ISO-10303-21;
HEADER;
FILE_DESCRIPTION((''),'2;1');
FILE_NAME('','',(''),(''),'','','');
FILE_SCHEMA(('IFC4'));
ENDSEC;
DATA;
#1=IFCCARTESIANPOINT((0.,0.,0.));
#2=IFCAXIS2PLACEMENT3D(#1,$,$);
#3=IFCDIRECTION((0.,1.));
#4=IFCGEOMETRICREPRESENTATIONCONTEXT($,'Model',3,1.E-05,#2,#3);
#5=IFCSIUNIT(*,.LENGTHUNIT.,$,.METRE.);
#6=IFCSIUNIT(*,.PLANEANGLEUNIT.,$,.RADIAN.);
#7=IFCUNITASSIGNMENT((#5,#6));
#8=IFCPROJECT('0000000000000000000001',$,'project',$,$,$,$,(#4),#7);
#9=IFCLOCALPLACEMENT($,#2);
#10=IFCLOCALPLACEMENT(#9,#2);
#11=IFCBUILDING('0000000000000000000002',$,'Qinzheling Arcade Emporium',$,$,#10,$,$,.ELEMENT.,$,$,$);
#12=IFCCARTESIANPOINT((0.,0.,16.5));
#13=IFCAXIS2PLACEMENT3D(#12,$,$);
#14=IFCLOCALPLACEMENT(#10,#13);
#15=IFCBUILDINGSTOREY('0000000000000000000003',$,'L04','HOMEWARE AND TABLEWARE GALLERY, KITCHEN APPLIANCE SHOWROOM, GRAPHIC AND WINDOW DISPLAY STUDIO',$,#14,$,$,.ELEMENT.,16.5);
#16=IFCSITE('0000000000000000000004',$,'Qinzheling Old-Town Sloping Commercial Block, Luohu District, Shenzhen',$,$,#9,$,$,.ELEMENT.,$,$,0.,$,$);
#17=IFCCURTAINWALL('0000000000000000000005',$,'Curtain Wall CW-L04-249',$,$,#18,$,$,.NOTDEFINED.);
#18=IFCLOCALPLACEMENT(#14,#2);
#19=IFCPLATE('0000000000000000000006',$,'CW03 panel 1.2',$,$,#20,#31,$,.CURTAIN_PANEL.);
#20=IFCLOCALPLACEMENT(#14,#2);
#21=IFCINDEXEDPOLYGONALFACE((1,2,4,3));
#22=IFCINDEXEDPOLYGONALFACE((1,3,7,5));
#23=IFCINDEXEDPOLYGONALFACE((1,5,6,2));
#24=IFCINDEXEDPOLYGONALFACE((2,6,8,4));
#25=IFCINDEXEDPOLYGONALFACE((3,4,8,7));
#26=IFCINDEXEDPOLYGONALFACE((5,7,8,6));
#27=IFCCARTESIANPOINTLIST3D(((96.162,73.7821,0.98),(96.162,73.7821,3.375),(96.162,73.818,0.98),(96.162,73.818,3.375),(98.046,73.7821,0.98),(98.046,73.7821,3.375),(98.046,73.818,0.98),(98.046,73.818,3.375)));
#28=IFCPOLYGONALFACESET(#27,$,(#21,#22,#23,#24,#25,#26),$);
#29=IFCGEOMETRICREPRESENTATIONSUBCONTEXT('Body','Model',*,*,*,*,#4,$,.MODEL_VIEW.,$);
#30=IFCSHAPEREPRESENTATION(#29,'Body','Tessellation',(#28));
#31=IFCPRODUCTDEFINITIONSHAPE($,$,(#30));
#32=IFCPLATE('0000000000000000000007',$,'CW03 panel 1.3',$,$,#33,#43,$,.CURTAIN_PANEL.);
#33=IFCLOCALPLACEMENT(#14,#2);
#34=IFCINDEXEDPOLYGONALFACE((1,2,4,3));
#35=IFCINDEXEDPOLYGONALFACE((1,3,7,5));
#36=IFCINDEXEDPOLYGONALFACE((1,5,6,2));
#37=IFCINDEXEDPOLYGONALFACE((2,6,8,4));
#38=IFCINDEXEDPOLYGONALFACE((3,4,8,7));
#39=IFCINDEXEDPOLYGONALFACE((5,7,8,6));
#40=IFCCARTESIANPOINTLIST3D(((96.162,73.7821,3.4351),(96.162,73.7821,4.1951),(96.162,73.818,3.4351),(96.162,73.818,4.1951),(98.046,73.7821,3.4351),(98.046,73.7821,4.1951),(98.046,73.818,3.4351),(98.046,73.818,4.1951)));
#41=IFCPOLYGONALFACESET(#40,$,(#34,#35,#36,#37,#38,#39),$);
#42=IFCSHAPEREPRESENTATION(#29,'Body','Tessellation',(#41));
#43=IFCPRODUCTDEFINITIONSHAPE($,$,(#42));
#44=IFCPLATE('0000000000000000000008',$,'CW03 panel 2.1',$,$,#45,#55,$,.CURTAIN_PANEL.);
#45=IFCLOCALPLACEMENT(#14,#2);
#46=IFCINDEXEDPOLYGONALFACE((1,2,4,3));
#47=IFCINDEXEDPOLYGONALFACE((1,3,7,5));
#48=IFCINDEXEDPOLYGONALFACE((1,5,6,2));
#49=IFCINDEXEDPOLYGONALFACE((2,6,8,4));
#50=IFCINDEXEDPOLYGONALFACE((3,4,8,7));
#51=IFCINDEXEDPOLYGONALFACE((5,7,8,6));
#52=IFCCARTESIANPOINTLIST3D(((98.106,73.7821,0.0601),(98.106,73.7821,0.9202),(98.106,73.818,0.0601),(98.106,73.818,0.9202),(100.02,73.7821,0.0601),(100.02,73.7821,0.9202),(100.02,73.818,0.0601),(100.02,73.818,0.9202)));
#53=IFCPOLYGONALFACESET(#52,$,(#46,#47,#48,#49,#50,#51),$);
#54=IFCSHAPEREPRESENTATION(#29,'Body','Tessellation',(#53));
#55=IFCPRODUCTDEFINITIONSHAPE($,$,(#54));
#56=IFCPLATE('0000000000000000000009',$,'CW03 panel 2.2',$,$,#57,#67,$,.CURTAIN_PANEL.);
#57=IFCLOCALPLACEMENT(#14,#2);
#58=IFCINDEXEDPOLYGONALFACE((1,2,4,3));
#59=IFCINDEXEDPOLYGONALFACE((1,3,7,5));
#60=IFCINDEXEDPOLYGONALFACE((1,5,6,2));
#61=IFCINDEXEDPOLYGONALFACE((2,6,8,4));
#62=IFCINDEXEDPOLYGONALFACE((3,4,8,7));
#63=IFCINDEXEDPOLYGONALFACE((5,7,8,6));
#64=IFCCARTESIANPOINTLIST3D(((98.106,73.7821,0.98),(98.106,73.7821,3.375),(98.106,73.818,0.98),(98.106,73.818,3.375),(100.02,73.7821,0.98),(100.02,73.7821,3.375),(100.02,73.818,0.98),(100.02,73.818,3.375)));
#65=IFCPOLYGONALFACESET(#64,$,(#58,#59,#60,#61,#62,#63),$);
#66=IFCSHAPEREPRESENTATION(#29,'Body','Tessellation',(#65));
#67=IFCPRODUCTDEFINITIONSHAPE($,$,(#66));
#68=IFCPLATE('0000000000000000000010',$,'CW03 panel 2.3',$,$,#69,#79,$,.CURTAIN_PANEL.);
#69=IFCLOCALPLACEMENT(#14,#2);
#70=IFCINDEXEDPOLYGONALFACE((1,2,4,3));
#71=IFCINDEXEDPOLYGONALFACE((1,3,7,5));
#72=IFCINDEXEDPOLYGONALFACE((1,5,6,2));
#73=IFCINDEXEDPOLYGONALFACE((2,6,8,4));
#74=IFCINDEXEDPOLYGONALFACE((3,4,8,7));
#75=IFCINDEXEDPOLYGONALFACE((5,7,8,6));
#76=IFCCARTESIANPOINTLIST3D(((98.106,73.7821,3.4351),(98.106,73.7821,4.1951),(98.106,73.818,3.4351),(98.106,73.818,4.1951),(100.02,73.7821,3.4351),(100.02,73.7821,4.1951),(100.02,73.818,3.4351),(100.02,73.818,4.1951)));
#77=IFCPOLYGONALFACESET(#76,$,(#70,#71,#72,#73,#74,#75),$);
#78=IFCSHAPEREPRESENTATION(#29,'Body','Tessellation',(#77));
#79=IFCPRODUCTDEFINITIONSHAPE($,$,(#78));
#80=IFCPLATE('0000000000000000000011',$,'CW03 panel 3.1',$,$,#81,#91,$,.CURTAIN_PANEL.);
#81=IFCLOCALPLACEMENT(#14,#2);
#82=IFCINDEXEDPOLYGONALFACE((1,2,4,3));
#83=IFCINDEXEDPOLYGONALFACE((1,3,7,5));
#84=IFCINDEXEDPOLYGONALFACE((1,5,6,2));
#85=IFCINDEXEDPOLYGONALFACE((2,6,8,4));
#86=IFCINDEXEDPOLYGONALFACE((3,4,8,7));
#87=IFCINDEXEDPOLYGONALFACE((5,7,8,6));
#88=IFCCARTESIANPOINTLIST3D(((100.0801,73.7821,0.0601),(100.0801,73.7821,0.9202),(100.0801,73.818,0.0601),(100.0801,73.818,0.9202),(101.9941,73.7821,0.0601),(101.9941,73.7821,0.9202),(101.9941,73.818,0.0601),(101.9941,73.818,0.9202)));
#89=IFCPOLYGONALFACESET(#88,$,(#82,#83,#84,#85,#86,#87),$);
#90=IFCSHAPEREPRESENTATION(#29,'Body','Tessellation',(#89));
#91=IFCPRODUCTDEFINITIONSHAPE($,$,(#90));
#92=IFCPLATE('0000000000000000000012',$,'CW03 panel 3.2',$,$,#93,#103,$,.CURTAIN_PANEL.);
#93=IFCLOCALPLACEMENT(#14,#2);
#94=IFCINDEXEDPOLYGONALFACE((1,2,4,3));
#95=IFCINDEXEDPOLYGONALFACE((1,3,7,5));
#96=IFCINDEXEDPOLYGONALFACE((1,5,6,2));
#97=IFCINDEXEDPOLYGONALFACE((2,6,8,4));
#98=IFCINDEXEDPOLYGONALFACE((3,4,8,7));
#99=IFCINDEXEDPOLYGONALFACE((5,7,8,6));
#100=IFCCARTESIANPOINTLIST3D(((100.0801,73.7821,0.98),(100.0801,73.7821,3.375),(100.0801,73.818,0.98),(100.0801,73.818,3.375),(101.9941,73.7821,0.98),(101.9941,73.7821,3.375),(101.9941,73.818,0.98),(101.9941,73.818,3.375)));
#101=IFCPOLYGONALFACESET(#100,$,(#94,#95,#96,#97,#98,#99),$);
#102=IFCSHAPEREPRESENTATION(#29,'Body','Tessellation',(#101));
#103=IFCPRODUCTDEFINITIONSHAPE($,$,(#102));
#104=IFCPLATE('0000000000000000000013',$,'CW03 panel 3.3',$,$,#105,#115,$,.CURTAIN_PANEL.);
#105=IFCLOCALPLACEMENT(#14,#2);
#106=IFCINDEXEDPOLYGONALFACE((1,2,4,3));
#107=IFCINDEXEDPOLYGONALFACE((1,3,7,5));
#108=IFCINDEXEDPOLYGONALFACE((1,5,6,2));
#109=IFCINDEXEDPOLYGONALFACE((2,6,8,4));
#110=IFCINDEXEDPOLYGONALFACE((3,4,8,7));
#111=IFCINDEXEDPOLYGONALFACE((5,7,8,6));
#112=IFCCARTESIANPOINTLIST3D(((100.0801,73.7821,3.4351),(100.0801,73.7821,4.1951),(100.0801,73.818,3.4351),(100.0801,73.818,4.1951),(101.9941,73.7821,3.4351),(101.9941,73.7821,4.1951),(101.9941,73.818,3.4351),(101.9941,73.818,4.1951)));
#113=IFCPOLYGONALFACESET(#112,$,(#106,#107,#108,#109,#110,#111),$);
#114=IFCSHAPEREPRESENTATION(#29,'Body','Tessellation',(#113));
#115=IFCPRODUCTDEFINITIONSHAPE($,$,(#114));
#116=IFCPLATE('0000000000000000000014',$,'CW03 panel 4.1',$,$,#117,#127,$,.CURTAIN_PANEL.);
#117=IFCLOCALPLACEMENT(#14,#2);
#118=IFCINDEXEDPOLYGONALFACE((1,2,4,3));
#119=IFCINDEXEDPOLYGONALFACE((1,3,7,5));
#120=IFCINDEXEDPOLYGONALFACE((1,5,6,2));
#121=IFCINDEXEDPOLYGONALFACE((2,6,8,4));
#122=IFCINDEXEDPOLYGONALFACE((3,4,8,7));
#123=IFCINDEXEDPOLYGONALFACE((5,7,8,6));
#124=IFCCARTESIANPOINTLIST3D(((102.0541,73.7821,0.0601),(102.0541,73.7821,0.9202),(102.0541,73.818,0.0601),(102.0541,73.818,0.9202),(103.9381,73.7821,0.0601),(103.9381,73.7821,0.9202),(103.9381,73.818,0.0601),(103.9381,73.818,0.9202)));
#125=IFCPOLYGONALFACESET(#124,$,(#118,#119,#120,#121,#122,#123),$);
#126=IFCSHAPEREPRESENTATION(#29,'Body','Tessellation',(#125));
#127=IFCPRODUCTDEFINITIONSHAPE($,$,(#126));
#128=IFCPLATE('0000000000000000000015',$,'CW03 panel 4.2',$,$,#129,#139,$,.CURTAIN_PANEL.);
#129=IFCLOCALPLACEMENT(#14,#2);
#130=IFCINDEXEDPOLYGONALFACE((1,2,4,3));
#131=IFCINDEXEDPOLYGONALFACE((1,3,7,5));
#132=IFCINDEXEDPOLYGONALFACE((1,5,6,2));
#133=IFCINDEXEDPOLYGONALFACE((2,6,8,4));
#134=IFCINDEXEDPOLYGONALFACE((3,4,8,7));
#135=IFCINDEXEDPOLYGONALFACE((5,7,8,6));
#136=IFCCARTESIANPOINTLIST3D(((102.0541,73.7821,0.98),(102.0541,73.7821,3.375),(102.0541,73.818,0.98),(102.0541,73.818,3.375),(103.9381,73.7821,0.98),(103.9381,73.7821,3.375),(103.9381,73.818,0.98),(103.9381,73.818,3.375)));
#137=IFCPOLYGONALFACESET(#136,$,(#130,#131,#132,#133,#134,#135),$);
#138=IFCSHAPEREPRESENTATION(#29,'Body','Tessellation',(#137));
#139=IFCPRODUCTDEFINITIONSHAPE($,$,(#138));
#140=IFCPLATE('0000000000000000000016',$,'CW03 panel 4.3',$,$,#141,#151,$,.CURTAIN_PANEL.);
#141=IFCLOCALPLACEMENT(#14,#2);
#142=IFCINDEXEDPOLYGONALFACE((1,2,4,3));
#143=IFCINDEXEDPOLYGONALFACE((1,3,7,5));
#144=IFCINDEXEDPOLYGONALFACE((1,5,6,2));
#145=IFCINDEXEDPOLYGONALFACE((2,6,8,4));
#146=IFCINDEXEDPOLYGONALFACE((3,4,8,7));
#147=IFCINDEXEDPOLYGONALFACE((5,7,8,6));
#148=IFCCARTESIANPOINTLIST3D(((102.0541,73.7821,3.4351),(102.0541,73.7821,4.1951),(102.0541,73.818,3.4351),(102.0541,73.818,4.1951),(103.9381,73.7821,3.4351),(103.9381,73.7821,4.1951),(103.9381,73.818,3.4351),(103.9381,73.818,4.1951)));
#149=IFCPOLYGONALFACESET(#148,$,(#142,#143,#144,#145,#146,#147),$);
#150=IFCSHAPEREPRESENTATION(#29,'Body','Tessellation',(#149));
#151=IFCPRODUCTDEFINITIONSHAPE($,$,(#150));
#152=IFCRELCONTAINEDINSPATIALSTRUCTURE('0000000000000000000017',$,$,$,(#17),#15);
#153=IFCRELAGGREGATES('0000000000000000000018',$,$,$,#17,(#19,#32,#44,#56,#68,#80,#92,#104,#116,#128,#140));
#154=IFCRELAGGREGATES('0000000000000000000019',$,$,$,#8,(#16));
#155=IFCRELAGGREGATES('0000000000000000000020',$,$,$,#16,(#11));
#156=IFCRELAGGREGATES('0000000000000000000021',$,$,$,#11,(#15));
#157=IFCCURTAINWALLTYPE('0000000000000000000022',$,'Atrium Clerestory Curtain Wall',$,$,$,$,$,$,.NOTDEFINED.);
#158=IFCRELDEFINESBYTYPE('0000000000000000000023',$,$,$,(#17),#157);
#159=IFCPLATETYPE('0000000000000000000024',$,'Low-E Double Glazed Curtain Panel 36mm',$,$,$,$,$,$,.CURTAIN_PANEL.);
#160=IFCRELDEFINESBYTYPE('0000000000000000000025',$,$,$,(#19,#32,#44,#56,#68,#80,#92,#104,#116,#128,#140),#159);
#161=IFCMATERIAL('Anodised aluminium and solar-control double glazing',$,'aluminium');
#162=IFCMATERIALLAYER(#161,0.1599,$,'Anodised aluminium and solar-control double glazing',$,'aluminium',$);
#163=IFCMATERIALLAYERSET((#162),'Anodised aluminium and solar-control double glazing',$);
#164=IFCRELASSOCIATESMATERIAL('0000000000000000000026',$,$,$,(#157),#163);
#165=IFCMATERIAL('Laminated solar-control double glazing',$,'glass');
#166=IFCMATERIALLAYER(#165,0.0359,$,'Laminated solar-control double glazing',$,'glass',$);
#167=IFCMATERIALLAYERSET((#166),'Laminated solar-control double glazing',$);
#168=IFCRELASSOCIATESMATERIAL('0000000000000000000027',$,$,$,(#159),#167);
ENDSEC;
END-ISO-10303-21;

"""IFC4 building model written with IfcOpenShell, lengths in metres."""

from ifc_helpers import new_model, si_unit, direction, frame, origin, origin_2d, place, context, subcontext, project, spatial, rectangle, extrude, material, layer, layer_set, type_object, element, aggregate, save


model = new_model("IFC4")

# Units and contexts
model_context = context("Model", 3, precision=1e-05, world=origin(), true_north=direction((0.0, 1.0)))
body_context = subcontext(model_context, "Body", "Model", "MODEL_VIEW")
ifc_project = project(units=[si_unit("LENGTHUNIT", "METRE"), si_unit("PLANEANGLEUNIT", "RADIAN")], contexts=[model_context])

# Site, building, storey
site_placement = place(None, origin())
site = spatial("IfcSite", under=ifc_project, at=site_placement, Name="Qinzheling Old-Town Sloping Commercial Block, Luohu District, Shenzhen", CompositionType="ELEMENT", RefElevation=0.0)
building_placement = place(site_placement, origin())
building = spatial("IfcBuilding", under=site, at=building_placement, Name="Qinzheling Arcade Emporium", CompositionType="ELEMENT")
storey_placement = place(building_placement, frame((0.0, 0.0, 16.5)))
storey = spatial("IfcBuildingStorey", under=building, at=storey_placement, Name="L04", Description="HOMEWARE AND TABLEWARE GALLERY, KITCHEN APPLIANCE SHOWROOM, GRAPHIC AND WINDOW DISPLAY STUDIO", CompositionType="ELEMENT", Elevation=16.5)

# Shared definitions
ifc_material_1 = material(Name="Anodised aluminium and solar-control double glazing", Category="aluminium")
ifc_layer_1 = layer(ifc_material_1, 0.1599, Name="Anodised aluminium and solar-control double glazing", Category="aluminium")
ifc_layer_set_1 = layer_set([ifc_layer_1], Name="Anodised aluminium and solar-control double glazing")
curtain_wall_type = type_object("IfcCurtainWallType", Name="Atrium Clerestory Curtain Wall", PredefinedType="NOTDEFINED", material=ifc_layer_set_1)

# Curtain wall
curtain_wall_1_placement = place(storey_placement, origin())
curtain_wall_1 = element("IfcCurtainWall", 1, at=curtain_wall_1_placement, inside=storey, type_object=curtain_wall_type, Name="Curtain Wall CW-L04-249", PredefinedType="NOTDEFINED")

# Plates
ifc_material_2 = material(Name="Laminated solar-control double glazing", Category="glass")
ifc_layer_2 = layer(ifc_material_2, 0.0359, Name="Laminated solar-control double glazing", Category="glass")
ifc_layer_set_2 = layer_set([ifc_layer_2], Name="Laminated solar-control double glazing")
plate_type_1 = type_object("IfcPlateType", Name="Low-E Double Glazed Curtain Panel 36mm", PredefinedType="CURTAIN_PANEL", material=ifc_layer_set_2)
plate_1_placement = place(storey_placement, frame((97.104, 73.8, 0.98), z_axis=(0.0, 0.0, 1.0), x_axis=(1.0, 0.0, 0.0)))
plate_1 = element("IfcPlate", 2, at=plate_1_placement, type_object=plate_type_1, Name="CW03 panel 1.2", PredefinedType="CURTAIN_PANEL", context=body_context, shape_type="SweptSolid", body=[
    extrude(rectangle(XDim=1.884, YDim=0.0359, at=origin_2d()), origin(), (0.0, 0.0, 1.0), 2.395),
])
plate_2_placement = place(storey_placement, frame((97.104, 73.8, 3.4351), z_axis=(0.0, 0.0, 1.0), x_axis=(1.0, 0.0, 0.0)))
plate_2 = element("IfcPlate", 3, at=plate_2_placement, type_object=plate_type_1, Name="CW03 panel 1.3", PredefinedType="CURTAIN_PANEL", context=body_context, shape_type="SweptSolid", body=[
    extrude(rectangle(XDim=1.884, YDim=0.0359, at=origin_2d()), origin(), (0.0, 0.0, 1.0), 0.76),
])
plate_3_placement = place(storey_placement, frame((99.063, 73.8, 0.0601), z_axis=(0.0, 0.0, 1.0), x_axis=(1.0, 0.0, 0.0)))
plate_3 = element("IfcPlate", 4, at=plate_3_placement, type_object=plate_type_1, Name="CW03 panel 2.1", PredefinedType="CURTAIN_PANEL", context=body_context, shape_type="SweptSolid", body=[
    extrude(rectangle(XDim=1.9141, YDim=0.0359, at=origin_2d()), origin(), (0.0, 0.0, 1.0), 0.8601),
])
plate_4_placement = place(storey_placement, frame((99.063, 73.8, 0.98), z_axis=(0.0, 0.0, 1.0), x_axis=(1.0, 0.0, 0.0)))
plate_4 = element("IfcPlate", 5, at=plate_4_placement, type_object=plate_type_1, Name="CW03 panel 2.2", PredefinedType="CURTAIN_PANEL", context=body_context, shape_type="SweptSolid", body=[
    extrude(rectangle(XDim=1.9141, YDim=0.0359, at=origin_2d()), origin(), (0.0, 0.0, 1.0), 2.395),
])
plate_5_placement = place(storey_placement, frame((99.063, 73.8, 3.4351), z_axis=(0.0, 0.0, 1.0), x_axis=(1.0, 0.0, 0.0)))
plate_5 = element("IfcPlate", 6, at=plate_5_placement, type_object=plate_type_1, Name="CW03 panel 2.3", PredefinedType="CURTAIN_PANEL", context=body_context, shape_type="SweptSolid", body=[
    extrude(rectangle(XDim=1.9141, YDim=0.0359, at=origin_2d()), origin(), (0.0, 0.0, 1.0), 0.76),
])
plate_6_placement = place(storey_placement, frame((101.0371, 73.8, 0.0601), z_axis=(0.0, 0.0, 1.0), x_axis=(1.0, 0.0, 0.0)))
plate_6 = element("IfcPlate", 7, at=plate_6_placement, type_object=plate_type_1, Name="CW03 panel 3.1", PredefinedType="CURTAIN_PANEL", context=body_context, shape_type="SweptSolid", body=[
    extrude(rectangle(XDim=1.9141, YDim=0.0359, at=origin_2d()), origin(), (0.0, 0.0, 1.0), 0.8601),
])
plate_7_placement = place(storey_placement, frame((101.0371, 73.8, 0.98), z_axis=(0.0, 0.0, 1.0), x_axis=(1.0, 0.0, 0.0)))
plate_7 = element("IfcPlate", 8, at=plate_7_placement, type_object=plate_type_1, Name="CW03 panel 3.2", PredefinedType="CURTAIN_PANEL", context=body_context, shape_type="SweptSolid", body=[
    extrude(rectangle(XDim=1.9141, YDim=0.0359, at=origin_2d()), origin(), (0.0, 0.0, 1.0), 2.395),
])
plate_8_placement = place(storey_placement, frame((101.0371, 73.8, 3.4351), z_axis=(0.0, 0.0, 1.0), x_axis=(1.0, 0.0, 0.0)))
plate_8 = element("IfcPlate", 9, at=plate_8_placement, type_object=plate_type_1, Name="CW03 panel 3.3", PredefinedType="CURTAIN_PANEL", context=body_context, shape_type="SweptSolid", body=[
    extrude(rectangle(XDim=1.9141, YDim=0.0359, at=origin_2d()), origin(), (0.0, 0.0, 1.0), 0.76),
])
plate_9_placement = place(storey_placement, frame((102.9961, 73.8, 0.0601), z_axis=(0.0, 0.0, 1.0), x_axis=(1.0, 0.0, 0.0)))
plate_9 = element("IfcPlate", 10, at=plate_9_placement, type_object=plate_type_1, Name="CW03 panel 4.1", PredefinedType="CURTAIN_PANEL", context=body_context, shape_type="SweptSolid", body=[
    extrude(rectangle(XDim=1.884, YDim=0.0359, at=origin_2d()), origin(), (0.0, 0.0, 1.0), 0.8601),
])
plate_10_placement = place(storey_placement, frame((102.9961, 73.8, 0.98), z_axis=(0.0, 0.0, 1.0), x_axis=(1.0, 0.0, 0.0)))
plate_10 = element("IfcPlate", 11, at=plate_10_placement, type_object=plate_type_1, Name="CW03 panel 4.2", PredefinedType="CURTAIN_PANEL", context=body_context, shape_type="SweptSolid", body=[
    extrude(rectangle(XDim=1.884, YDim=0.0359, at=origin_2d()), origin(), (0.0, 0.0, 1.0), 2.395),
])
plate_11_placement = place(storey_placement, frame((102.9961, 73.8, 3.4351), z_axis=(0.0, 0.0, 1.0), x_axis=(1.0, 0.0, 0.0)))
plate_11 = element("IfcPlate", 12, at=plate_11_placement, type_object=plate_type_1, Name="CW03 panel 4.3", PredefinedType="CURTAIN_PANEL", context=body_context, shape_type="SweptSolid", body=[
    extrude(rectangle(XDim=1.884, YDim=0.0359, at=origin_2d()), origin(), (0.0, 0.0, 1.0), 0.76),
])
aggregate(curtain_wall_1, [plate_1, plate_2, plate_3, plate_4, plate_5, plate_6, plate_7, plate_8, plate_9, plate_10, plate_11])

save(model, "model.ifc")
